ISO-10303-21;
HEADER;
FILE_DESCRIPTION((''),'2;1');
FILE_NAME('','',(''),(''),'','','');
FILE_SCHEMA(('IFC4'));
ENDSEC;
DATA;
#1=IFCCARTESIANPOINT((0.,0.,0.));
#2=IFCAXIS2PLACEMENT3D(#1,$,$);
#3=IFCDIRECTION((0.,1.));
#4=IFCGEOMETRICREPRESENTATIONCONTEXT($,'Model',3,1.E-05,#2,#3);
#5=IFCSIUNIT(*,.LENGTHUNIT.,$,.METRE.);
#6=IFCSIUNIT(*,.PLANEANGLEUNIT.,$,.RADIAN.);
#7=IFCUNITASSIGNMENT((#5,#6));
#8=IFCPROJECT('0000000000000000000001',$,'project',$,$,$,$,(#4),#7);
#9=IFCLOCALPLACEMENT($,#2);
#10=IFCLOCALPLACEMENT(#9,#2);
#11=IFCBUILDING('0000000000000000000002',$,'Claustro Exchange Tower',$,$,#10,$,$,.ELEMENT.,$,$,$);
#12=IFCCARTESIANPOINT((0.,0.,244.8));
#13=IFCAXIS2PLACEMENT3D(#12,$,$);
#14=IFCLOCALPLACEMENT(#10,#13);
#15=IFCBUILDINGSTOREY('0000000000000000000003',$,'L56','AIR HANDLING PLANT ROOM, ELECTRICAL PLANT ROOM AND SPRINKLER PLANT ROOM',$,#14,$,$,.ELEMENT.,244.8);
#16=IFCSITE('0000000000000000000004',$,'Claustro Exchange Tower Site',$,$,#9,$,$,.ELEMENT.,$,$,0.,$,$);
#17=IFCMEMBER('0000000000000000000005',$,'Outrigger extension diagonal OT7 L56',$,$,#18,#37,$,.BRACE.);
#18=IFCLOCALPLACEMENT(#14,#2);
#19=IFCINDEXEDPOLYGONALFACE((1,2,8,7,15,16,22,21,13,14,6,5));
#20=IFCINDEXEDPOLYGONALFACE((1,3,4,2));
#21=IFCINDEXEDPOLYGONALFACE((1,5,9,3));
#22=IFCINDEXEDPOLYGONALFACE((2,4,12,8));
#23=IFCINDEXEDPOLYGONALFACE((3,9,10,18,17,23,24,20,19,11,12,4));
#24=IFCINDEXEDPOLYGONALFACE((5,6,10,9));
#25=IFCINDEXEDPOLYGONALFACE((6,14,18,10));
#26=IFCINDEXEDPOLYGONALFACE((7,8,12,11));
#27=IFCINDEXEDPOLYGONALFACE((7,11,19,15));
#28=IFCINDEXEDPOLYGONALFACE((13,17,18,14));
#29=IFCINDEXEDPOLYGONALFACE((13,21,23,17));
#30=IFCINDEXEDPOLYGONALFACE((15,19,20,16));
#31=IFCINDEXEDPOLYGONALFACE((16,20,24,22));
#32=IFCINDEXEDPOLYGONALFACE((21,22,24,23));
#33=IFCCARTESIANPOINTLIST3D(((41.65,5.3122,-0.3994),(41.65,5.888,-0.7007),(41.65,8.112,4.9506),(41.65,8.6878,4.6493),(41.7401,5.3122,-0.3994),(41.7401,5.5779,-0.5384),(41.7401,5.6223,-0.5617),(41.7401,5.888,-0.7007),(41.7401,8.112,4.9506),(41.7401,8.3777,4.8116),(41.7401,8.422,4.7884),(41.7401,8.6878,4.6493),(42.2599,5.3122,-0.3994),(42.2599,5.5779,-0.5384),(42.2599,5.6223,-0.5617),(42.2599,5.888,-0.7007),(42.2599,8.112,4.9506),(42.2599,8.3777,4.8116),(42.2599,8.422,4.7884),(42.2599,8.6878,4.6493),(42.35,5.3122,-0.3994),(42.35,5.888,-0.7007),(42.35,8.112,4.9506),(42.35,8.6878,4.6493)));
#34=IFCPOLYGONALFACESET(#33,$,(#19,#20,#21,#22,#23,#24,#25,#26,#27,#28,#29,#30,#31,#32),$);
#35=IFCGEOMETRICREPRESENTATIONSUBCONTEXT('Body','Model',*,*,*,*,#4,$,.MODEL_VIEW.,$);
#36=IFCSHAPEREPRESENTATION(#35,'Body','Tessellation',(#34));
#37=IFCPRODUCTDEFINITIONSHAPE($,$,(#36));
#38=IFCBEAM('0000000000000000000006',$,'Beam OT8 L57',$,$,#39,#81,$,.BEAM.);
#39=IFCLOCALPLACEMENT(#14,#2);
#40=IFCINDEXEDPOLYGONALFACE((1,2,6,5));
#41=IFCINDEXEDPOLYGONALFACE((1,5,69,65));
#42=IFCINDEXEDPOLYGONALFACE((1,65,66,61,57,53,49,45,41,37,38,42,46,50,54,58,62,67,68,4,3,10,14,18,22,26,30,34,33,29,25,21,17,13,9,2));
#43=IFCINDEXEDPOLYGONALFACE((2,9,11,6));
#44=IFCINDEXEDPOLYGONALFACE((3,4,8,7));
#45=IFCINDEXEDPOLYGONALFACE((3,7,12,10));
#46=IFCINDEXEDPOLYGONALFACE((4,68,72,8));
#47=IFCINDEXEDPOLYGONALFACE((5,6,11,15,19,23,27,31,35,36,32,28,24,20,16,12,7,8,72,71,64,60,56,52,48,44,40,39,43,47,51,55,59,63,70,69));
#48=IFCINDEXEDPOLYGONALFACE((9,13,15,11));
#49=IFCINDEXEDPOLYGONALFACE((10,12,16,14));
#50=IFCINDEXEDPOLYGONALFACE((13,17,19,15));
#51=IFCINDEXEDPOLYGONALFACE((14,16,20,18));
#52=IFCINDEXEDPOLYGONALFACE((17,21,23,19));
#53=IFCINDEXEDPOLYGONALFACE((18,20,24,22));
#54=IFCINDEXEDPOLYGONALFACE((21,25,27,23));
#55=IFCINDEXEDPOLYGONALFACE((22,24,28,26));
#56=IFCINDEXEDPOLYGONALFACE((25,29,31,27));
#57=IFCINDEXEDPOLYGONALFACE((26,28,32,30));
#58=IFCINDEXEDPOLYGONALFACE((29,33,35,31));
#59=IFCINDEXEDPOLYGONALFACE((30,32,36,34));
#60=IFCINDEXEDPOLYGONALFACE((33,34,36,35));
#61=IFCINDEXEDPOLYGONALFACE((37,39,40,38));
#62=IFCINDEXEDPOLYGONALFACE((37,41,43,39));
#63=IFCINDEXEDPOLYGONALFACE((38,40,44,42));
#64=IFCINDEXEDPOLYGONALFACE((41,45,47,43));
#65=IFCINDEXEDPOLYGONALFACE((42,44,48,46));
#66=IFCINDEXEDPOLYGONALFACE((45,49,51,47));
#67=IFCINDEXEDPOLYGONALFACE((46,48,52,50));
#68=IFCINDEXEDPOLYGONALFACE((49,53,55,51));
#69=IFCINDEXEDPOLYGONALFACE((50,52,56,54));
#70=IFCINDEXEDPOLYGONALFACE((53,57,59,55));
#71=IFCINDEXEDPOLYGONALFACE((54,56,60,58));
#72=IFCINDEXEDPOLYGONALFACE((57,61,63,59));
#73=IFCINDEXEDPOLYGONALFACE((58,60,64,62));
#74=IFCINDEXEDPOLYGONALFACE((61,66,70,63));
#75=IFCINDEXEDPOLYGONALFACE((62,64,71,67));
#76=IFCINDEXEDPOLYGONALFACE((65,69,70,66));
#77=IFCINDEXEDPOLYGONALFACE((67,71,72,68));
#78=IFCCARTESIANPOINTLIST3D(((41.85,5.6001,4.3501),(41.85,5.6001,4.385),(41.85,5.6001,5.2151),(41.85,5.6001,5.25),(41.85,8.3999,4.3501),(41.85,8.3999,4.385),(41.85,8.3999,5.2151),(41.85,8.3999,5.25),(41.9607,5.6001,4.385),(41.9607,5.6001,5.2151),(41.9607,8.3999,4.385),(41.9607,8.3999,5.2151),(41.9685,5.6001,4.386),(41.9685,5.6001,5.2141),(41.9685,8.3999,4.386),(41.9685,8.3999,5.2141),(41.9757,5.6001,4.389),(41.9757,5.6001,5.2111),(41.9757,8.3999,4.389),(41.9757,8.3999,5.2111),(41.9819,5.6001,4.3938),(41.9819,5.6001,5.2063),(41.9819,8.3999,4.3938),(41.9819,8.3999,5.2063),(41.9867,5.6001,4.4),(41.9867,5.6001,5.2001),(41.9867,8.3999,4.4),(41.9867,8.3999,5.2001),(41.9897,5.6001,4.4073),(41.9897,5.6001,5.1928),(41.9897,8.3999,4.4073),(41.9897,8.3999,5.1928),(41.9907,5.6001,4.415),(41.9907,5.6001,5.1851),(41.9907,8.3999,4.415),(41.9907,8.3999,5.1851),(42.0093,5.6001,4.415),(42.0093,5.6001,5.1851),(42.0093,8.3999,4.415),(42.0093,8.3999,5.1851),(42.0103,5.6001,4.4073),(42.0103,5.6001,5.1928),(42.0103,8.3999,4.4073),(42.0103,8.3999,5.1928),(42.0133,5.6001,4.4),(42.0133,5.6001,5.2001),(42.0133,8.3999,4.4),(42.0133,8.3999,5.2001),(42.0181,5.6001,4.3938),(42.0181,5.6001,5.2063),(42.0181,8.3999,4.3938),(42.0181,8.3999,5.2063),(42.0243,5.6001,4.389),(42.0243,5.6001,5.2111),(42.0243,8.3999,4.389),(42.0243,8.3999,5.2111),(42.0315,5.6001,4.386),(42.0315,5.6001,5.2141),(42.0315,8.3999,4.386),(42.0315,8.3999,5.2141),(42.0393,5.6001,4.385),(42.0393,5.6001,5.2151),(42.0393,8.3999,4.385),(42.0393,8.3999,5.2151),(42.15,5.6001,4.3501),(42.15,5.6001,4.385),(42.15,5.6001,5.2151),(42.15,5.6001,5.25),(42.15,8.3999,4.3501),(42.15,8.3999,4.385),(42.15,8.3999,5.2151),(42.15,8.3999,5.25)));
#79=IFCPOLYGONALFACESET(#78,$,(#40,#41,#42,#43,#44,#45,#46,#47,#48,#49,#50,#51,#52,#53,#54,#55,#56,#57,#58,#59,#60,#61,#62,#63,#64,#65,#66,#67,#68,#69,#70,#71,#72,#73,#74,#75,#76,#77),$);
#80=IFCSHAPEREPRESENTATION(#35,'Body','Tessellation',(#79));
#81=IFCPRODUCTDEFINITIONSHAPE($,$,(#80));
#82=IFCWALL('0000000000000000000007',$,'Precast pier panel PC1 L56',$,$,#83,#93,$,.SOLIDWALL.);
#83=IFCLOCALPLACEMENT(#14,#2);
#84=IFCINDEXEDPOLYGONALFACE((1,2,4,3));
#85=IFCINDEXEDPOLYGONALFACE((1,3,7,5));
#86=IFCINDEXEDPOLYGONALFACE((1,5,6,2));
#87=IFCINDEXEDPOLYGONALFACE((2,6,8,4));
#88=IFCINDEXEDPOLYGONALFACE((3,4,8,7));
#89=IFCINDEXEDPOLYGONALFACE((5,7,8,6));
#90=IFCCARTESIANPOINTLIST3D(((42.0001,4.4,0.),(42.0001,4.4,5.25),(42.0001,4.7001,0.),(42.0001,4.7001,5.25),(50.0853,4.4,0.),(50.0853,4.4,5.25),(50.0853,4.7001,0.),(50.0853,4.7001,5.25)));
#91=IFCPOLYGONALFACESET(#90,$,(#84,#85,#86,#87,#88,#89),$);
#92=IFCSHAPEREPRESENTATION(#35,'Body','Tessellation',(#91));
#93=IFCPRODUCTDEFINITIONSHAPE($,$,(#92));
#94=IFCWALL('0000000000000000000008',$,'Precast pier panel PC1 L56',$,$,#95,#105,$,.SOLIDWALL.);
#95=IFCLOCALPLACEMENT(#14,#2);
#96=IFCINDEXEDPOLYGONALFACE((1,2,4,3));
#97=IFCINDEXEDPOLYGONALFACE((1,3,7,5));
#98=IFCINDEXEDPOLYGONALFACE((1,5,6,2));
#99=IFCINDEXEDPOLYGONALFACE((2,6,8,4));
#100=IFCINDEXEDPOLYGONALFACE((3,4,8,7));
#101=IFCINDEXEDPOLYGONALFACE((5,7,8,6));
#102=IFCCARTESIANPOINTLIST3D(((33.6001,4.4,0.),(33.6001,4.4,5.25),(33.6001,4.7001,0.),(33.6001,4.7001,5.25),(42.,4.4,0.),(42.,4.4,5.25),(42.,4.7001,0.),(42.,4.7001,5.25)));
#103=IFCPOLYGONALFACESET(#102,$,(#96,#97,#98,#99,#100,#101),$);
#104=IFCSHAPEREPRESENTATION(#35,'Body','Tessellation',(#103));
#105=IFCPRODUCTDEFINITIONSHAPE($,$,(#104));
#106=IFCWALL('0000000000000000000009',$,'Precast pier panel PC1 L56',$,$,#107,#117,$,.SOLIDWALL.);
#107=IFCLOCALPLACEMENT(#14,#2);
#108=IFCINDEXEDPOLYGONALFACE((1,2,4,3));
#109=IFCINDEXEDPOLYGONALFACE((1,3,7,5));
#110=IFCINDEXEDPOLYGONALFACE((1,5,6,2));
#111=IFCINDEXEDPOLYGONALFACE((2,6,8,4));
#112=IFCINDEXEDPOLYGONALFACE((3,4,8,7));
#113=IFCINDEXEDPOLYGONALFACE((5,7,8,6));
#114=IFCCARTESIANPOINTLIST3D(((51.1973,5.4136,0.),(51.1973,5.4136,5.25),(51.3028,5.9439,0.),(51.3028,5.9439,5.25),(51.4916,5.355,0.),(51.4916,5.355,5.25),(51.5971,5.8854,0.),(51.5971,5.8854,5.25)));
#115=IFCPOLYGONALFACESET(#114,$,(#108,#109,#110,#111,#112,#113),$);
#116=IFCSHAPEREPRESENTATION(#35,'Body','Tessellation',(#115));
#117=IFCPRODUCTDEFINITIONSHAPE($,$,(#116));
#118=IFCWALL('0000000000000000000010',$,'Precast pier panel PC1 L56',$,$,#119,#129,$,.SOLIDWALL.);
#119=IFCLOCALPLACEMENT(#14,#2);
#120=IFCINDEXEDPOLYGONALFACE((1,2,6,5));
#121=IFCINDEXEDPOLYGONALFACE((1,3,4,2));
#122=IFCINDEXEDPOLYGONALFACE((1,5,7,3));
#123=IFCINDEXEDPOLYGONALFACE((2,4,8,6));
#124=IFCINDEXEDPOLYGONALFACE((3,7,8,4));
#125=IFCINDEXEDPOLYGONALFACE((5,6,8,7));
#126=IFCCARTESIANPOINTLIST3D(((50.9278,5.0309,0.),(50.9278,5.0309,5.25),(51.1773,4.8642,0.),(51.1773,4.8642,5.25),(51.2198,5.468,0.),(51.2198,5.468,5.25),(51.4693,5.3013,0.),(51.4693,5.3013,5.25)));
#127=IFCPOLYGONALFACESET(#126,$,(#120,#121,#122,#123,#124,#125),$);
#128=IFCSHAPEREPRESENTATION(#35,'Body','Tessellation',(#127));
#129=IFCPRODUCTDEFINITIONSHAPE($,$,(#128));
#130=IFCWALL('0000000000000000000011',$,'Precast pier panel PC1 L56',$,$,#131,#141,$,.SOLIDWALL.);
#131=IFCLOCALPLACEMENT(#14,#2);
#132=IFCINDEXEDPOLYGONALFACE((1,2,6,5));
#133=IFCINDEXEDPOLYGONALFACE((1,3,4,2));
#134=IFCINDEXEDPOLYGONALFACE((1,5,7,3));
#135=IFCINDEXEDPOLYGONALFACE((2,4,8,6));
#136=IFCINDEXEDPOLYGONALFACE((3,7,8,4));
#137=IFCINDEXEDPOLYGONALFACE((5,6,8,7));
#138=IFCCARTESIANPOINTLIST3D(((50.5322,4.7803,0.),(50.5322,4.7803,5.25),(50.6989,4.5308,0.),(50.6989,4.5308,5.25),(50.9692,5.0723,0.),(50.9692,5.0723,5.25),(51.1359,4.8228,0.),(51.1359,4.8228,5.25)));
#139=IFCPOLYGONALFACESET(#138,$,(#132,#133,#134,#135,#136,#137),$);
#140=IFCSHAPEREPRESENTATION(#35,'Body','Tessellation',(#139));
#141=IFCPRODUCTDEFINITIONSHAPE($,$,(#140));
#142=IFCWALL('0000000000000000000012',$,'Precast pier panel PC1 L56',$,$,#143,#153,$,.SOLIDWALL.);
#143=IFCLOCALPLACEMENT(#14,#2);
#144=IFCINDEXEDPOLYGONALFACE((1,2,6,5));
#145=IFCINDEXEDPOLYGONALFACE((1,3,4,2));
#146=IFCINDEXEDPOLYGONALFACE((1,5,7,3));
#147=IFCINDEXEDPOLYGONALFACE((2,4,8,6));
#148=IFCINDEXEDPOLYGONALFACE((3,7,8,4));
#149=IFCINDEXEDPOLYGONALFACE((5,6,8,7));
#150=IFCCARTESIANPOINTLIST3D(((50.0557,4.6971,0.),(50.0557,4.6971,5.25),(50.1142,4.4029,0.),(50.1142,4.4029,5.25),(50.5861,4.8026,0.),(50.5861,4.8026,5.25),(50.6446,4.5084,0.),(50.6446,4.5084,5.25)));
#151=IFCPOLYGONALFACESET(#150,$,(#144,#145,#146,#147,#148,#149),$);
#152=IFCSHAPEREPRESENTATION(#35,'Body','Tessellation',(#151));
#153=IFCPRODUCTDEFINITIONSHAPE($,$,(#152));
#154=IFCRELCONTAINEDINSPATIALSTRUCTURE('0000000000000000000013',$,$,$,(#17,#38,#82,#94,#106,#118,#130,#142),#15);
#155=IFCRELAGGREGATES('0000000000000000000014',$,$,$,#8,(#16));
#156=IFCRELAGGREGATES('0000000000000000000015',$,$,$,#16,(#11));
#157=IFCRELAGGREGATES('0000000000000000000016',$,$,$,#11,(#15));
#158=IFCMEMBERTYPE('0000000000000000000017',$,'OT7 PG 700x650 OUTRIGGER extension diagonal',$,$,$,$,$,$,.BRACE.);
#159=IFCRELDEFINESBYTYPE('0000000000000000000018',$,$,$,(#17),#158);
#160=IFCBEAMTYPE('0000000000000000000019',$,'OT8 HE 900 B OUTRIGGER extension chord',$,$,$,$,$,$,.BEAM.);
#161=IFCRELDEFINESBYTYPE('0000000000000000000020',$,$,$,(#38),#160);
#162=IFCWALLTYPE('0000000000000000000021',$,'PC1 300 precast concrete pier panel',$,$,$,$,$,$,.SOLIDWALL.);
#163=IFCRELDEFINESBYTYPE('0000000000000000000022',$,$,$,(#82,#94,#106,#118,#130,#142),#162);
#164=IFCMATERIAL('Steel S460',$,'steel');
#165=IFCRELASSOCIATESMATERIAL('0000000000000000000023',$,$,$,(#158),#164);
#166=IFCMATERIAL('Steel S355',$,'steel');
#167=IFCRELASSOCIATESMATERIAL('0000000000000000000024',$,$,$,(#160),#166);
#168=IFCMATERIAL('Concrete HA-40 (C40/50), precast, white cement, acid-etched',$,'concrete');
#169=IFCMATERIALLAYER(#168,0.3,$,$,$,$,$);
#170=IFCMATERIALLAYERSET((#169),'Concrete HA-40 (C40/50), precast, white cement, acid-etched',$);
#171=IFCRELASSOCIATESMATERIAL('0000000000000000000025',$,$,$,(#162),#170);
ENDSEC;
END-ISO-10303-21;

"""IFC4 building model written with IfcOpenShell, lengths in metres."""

from ifc_helpers import new_model, si_unit, direction, frame, frame_2d, origin, origin_2d, place, context, subcontext, project, spatial, rectangle, i_section, extrude, material, layer, layer_set, material_profile, profile_set, type_object, element, save


model = new_model("IFC4")

# Units and contexts
model_context = context("Model", 3, precision=1e-05, world=origin(), true_north=direction((0.0, 1.0)))
body_context = subcontext(model_context, "Body", "Model", "MODEL_VIEW")
ifc_project = project(units=[si_unit("LENGTHUNIT", "METRE"), si_unit("PLANEANGLEUNIT", "RADIAN")], contexts=[model_context])

# Site, building, storey
site_placement = place(None, origin())
site = spatial("IfcSite", under=ifc_project, at=site_placement, Name="Claustro Exchange Tower Site", CompositionType="ELEMENT", RefElevation=0.0)
building_placement = place(site_placement, origin())
building = spatial("IfcBuilding", under=site, at=building_placement, Name="Claustro Exchange Tower", CompositionType="ELEMENT")
storey_placement = place(building_placement, frame((0.0, 0.0, 244.8)))
storey = spatial("IfcBuildingStorey", under=building, at=storey_placement, Name="L56", Description="AIR HANDLING PLANT ROOM, ELECTRICAL PLANT ROOM AND SPRINKLER PLANT ROOM", CompositionType="ELEMENT", Elevation=244.8)

# Member
ifc_material_1 = material(Name="Steel S460", Category="steel")
ifc_material_profile_1 = material_profile(ifc_material_1, i_section(OverallWidth=0.6499, OverallDepth=0.7, WebThickness=0.05, FlangeThickness=0.0901, at=origin_2d()), Name="PG 700x650")
ifc_profile_set_1 = profile_set([ifc_material_profile_1], Name="Steel S460")
member_type_1 = type_object("IfcMemberType", Name="OT7 PG 700x650 OUTRIGGER extension diagonal", PredefinedType="BRACE", material=ifc_profile_set_1)
member_1_placement = place(storey_placement, frame((42.0, 5.6001, -0.55), z_axis=(0.0, 0.463666, 0.88601), x_axis=(0.0, -0.88601, 0.463666)))
element("IfcMember", 1, at=member_1_placement, inside=storey, type_object=member_type_1, Name="Outrigger extension diagonal OT7 L56", PredefinedType="BRACE", context=body_context, shape_type="SweptSolid", body=[
    extrude(i_section(OverallWidth=0.6499, OverallDepth=0.7, WebThickness=0.05, FlangeThickness=0.0901, at=origin_2d()), origin(), (0.0, 0.0, 1.0), 6.0383),
])

# Beam
ifc_material_2 = material(Name="Steel S355", Category="steel")
ifc_material_profile_2 = material_profile(ifc_material_2, i_section(OverallWidth=0.3, OverallDepth=0.8999, WebThickness=0.0186, FlangeThickness=0.0349, FilletRadius=0.03, at=origin_2d()), Name="HE 900 B")
ifc_profile_set_2 = profile_set([ifc_material_profile_2], Name="Steel S355")
beam_type_1 = type_object("IfcBeamType", Name="OT8 HE 900 B OUTRIGGER extension chord", PredefinedType="BEAM", material=ifc_profile_set_2)
beam_1_placement = place(storey_placement, frame((42.0, 5.6001, 4.8), z_axis=(0.0, 1.0, 0.0), x_axis=(-1.0, 0.0, 0.0)))
element("IfcBeam", 2, at=beam_1_placement, inside=storey, type_object=beam_type_1, Name="Beam OT8 L57", PredefinedType="BEAM", context=body_context, shape_type="SweptSolid", body=[
    extrude(i_section(OverallWidth=0.3, OverallDepth=0.8999, WebThickness=0.0186, FlangeThickness=0.0349, FilletRadius=0.03, at=origin_2d()), origin(), (0.0, 0.0, 1.0), 2.7998),
])

# Walls
ifc_material_3 = material(Name="Concrete HA-40 (C40/50), precast, white cement, acid-etched", Category="concrete")
ifc_layer = layer(ifc_material_3, 0.3)
ifc_layer_set = layer_set([ifc_layer], Name="Concrete HA-40 (C40/50), precast, white cement, acid-etched")
wall_type = type_object("IfcWallType", Name="PC1 300 precast concrete pier panel", PredefinedType="SOLIDWALL", material=ifc_layer_set)
wall_1_placement = place(storey_placement, frame((50.0852, 4.55, 0.0), z_axis=(0.0, 0.0, 1.0), x_axis=(-1.0, 0.0, 0.0)))
element("IfcWall", 3, at=wall_1_placement, inside=storey, type_object=wall_type, Name="Precast pier panel PC1 L56", PredefinedType="SOLIDWALL", context=body_context, shape_type="SweptSolid", body=[
    extrude(rectangle(XDim=8.0852, YDim=0.3, at=frame_2d((4.0425, 0.0))), origin(), (0.0, 0.0, 1.0), 5.25),
])
wall_2_placement = place(storey_placement, frame((42.0, 4.55, 0.0), z_axis=(0.0, 0.0, 1.0), x_axis=(-1.0, 0.0, 0.0)))
element("IfcWall", 4, at=wall_2_placement, inside=storey, type_object=wall_type, Name="Precast pier panel PC1 L56", PredefinedType="SOLIDWALL", context=body_context, shape_type="SweptSolid", body=[
    extrude(rectangle(XDim=8.3999, YDim=0.3, at=frame_2d((4.2, 0.0))), origin(), (0.0, 0.0, 1.0), 5.25),
])
wall_3_placement = place(storey_placement, frame((51.45, 5.9148, 0.0), z_axis=(0.0, 0.0, 1.0), x_axis=(-0.195074, -0.980789, 0.0)))
element("IfcWall", 5, at=wall_3_placement, inside=storey, type_object=wall_type, Name="Precast pier panel PC1 L56", PredefinedType="SOLIDWALL", context=body_context, shape_type="SweptSolid", body=[
    extrude(rectangle(XDim=0.5408, YDim=0.3, at=frame_2d((0.2705, 0.0))), origin(), (0.0, 0.0, 1.0), 5.25),
])
for number, where, z_axis, x_axis, name in (
    (6, (51.3445, 5.3845, 0.0), (0.0, 0.0, 1.0), (-0.555557, -0.831478, 0.0), "Precast pier panel PC1 L56"),
    (7, (51.0525, 4.9475, 0.0), (0.0, 0.0, 1.0), (-0.831478, -0.555557, 0.0), "Precast pier panel PC1 L56"),
):
    element("IfcWall", number, at=place(storey_placement, frame(where, z_axis=z_axis, x_axis=x_axis)), inside=storey, type_object=wall_type, Name=name, PredefinedType="SOLIDWALL", context=body_context, shape_type="SweptSolid", body=[
        extrude(rectangle(XDim=0.5256, YDim=0.3, at=frame_2d((0.2627, 0.0))), origin(), (0.0, 0.0, 1.0), 5.25),
    ])
wall_4_placement = place(storey_placement, frame((50.6155, 4.6555, 0.0), z_axis=(0.0, 0.0, 1.0), x_axis=(-0.980789, -0.195074, 0.0)))
element("IfcWall", 8, at=wall_4_placement, inside=storey, type_object=wall_type, Name="Precast pier panel PC1 L56", PredefinedType="SOLIDWALL", context=body_context, shape_type="SweptSolid", body=[
    extrude(rectangle(XDim=0.5408, YDim=0.3, at=frame_2d((0.2705, 0.0))), origin(), (0.0, 0.0, 1.0), 5.25),
])

save(model, "model.ifc")
